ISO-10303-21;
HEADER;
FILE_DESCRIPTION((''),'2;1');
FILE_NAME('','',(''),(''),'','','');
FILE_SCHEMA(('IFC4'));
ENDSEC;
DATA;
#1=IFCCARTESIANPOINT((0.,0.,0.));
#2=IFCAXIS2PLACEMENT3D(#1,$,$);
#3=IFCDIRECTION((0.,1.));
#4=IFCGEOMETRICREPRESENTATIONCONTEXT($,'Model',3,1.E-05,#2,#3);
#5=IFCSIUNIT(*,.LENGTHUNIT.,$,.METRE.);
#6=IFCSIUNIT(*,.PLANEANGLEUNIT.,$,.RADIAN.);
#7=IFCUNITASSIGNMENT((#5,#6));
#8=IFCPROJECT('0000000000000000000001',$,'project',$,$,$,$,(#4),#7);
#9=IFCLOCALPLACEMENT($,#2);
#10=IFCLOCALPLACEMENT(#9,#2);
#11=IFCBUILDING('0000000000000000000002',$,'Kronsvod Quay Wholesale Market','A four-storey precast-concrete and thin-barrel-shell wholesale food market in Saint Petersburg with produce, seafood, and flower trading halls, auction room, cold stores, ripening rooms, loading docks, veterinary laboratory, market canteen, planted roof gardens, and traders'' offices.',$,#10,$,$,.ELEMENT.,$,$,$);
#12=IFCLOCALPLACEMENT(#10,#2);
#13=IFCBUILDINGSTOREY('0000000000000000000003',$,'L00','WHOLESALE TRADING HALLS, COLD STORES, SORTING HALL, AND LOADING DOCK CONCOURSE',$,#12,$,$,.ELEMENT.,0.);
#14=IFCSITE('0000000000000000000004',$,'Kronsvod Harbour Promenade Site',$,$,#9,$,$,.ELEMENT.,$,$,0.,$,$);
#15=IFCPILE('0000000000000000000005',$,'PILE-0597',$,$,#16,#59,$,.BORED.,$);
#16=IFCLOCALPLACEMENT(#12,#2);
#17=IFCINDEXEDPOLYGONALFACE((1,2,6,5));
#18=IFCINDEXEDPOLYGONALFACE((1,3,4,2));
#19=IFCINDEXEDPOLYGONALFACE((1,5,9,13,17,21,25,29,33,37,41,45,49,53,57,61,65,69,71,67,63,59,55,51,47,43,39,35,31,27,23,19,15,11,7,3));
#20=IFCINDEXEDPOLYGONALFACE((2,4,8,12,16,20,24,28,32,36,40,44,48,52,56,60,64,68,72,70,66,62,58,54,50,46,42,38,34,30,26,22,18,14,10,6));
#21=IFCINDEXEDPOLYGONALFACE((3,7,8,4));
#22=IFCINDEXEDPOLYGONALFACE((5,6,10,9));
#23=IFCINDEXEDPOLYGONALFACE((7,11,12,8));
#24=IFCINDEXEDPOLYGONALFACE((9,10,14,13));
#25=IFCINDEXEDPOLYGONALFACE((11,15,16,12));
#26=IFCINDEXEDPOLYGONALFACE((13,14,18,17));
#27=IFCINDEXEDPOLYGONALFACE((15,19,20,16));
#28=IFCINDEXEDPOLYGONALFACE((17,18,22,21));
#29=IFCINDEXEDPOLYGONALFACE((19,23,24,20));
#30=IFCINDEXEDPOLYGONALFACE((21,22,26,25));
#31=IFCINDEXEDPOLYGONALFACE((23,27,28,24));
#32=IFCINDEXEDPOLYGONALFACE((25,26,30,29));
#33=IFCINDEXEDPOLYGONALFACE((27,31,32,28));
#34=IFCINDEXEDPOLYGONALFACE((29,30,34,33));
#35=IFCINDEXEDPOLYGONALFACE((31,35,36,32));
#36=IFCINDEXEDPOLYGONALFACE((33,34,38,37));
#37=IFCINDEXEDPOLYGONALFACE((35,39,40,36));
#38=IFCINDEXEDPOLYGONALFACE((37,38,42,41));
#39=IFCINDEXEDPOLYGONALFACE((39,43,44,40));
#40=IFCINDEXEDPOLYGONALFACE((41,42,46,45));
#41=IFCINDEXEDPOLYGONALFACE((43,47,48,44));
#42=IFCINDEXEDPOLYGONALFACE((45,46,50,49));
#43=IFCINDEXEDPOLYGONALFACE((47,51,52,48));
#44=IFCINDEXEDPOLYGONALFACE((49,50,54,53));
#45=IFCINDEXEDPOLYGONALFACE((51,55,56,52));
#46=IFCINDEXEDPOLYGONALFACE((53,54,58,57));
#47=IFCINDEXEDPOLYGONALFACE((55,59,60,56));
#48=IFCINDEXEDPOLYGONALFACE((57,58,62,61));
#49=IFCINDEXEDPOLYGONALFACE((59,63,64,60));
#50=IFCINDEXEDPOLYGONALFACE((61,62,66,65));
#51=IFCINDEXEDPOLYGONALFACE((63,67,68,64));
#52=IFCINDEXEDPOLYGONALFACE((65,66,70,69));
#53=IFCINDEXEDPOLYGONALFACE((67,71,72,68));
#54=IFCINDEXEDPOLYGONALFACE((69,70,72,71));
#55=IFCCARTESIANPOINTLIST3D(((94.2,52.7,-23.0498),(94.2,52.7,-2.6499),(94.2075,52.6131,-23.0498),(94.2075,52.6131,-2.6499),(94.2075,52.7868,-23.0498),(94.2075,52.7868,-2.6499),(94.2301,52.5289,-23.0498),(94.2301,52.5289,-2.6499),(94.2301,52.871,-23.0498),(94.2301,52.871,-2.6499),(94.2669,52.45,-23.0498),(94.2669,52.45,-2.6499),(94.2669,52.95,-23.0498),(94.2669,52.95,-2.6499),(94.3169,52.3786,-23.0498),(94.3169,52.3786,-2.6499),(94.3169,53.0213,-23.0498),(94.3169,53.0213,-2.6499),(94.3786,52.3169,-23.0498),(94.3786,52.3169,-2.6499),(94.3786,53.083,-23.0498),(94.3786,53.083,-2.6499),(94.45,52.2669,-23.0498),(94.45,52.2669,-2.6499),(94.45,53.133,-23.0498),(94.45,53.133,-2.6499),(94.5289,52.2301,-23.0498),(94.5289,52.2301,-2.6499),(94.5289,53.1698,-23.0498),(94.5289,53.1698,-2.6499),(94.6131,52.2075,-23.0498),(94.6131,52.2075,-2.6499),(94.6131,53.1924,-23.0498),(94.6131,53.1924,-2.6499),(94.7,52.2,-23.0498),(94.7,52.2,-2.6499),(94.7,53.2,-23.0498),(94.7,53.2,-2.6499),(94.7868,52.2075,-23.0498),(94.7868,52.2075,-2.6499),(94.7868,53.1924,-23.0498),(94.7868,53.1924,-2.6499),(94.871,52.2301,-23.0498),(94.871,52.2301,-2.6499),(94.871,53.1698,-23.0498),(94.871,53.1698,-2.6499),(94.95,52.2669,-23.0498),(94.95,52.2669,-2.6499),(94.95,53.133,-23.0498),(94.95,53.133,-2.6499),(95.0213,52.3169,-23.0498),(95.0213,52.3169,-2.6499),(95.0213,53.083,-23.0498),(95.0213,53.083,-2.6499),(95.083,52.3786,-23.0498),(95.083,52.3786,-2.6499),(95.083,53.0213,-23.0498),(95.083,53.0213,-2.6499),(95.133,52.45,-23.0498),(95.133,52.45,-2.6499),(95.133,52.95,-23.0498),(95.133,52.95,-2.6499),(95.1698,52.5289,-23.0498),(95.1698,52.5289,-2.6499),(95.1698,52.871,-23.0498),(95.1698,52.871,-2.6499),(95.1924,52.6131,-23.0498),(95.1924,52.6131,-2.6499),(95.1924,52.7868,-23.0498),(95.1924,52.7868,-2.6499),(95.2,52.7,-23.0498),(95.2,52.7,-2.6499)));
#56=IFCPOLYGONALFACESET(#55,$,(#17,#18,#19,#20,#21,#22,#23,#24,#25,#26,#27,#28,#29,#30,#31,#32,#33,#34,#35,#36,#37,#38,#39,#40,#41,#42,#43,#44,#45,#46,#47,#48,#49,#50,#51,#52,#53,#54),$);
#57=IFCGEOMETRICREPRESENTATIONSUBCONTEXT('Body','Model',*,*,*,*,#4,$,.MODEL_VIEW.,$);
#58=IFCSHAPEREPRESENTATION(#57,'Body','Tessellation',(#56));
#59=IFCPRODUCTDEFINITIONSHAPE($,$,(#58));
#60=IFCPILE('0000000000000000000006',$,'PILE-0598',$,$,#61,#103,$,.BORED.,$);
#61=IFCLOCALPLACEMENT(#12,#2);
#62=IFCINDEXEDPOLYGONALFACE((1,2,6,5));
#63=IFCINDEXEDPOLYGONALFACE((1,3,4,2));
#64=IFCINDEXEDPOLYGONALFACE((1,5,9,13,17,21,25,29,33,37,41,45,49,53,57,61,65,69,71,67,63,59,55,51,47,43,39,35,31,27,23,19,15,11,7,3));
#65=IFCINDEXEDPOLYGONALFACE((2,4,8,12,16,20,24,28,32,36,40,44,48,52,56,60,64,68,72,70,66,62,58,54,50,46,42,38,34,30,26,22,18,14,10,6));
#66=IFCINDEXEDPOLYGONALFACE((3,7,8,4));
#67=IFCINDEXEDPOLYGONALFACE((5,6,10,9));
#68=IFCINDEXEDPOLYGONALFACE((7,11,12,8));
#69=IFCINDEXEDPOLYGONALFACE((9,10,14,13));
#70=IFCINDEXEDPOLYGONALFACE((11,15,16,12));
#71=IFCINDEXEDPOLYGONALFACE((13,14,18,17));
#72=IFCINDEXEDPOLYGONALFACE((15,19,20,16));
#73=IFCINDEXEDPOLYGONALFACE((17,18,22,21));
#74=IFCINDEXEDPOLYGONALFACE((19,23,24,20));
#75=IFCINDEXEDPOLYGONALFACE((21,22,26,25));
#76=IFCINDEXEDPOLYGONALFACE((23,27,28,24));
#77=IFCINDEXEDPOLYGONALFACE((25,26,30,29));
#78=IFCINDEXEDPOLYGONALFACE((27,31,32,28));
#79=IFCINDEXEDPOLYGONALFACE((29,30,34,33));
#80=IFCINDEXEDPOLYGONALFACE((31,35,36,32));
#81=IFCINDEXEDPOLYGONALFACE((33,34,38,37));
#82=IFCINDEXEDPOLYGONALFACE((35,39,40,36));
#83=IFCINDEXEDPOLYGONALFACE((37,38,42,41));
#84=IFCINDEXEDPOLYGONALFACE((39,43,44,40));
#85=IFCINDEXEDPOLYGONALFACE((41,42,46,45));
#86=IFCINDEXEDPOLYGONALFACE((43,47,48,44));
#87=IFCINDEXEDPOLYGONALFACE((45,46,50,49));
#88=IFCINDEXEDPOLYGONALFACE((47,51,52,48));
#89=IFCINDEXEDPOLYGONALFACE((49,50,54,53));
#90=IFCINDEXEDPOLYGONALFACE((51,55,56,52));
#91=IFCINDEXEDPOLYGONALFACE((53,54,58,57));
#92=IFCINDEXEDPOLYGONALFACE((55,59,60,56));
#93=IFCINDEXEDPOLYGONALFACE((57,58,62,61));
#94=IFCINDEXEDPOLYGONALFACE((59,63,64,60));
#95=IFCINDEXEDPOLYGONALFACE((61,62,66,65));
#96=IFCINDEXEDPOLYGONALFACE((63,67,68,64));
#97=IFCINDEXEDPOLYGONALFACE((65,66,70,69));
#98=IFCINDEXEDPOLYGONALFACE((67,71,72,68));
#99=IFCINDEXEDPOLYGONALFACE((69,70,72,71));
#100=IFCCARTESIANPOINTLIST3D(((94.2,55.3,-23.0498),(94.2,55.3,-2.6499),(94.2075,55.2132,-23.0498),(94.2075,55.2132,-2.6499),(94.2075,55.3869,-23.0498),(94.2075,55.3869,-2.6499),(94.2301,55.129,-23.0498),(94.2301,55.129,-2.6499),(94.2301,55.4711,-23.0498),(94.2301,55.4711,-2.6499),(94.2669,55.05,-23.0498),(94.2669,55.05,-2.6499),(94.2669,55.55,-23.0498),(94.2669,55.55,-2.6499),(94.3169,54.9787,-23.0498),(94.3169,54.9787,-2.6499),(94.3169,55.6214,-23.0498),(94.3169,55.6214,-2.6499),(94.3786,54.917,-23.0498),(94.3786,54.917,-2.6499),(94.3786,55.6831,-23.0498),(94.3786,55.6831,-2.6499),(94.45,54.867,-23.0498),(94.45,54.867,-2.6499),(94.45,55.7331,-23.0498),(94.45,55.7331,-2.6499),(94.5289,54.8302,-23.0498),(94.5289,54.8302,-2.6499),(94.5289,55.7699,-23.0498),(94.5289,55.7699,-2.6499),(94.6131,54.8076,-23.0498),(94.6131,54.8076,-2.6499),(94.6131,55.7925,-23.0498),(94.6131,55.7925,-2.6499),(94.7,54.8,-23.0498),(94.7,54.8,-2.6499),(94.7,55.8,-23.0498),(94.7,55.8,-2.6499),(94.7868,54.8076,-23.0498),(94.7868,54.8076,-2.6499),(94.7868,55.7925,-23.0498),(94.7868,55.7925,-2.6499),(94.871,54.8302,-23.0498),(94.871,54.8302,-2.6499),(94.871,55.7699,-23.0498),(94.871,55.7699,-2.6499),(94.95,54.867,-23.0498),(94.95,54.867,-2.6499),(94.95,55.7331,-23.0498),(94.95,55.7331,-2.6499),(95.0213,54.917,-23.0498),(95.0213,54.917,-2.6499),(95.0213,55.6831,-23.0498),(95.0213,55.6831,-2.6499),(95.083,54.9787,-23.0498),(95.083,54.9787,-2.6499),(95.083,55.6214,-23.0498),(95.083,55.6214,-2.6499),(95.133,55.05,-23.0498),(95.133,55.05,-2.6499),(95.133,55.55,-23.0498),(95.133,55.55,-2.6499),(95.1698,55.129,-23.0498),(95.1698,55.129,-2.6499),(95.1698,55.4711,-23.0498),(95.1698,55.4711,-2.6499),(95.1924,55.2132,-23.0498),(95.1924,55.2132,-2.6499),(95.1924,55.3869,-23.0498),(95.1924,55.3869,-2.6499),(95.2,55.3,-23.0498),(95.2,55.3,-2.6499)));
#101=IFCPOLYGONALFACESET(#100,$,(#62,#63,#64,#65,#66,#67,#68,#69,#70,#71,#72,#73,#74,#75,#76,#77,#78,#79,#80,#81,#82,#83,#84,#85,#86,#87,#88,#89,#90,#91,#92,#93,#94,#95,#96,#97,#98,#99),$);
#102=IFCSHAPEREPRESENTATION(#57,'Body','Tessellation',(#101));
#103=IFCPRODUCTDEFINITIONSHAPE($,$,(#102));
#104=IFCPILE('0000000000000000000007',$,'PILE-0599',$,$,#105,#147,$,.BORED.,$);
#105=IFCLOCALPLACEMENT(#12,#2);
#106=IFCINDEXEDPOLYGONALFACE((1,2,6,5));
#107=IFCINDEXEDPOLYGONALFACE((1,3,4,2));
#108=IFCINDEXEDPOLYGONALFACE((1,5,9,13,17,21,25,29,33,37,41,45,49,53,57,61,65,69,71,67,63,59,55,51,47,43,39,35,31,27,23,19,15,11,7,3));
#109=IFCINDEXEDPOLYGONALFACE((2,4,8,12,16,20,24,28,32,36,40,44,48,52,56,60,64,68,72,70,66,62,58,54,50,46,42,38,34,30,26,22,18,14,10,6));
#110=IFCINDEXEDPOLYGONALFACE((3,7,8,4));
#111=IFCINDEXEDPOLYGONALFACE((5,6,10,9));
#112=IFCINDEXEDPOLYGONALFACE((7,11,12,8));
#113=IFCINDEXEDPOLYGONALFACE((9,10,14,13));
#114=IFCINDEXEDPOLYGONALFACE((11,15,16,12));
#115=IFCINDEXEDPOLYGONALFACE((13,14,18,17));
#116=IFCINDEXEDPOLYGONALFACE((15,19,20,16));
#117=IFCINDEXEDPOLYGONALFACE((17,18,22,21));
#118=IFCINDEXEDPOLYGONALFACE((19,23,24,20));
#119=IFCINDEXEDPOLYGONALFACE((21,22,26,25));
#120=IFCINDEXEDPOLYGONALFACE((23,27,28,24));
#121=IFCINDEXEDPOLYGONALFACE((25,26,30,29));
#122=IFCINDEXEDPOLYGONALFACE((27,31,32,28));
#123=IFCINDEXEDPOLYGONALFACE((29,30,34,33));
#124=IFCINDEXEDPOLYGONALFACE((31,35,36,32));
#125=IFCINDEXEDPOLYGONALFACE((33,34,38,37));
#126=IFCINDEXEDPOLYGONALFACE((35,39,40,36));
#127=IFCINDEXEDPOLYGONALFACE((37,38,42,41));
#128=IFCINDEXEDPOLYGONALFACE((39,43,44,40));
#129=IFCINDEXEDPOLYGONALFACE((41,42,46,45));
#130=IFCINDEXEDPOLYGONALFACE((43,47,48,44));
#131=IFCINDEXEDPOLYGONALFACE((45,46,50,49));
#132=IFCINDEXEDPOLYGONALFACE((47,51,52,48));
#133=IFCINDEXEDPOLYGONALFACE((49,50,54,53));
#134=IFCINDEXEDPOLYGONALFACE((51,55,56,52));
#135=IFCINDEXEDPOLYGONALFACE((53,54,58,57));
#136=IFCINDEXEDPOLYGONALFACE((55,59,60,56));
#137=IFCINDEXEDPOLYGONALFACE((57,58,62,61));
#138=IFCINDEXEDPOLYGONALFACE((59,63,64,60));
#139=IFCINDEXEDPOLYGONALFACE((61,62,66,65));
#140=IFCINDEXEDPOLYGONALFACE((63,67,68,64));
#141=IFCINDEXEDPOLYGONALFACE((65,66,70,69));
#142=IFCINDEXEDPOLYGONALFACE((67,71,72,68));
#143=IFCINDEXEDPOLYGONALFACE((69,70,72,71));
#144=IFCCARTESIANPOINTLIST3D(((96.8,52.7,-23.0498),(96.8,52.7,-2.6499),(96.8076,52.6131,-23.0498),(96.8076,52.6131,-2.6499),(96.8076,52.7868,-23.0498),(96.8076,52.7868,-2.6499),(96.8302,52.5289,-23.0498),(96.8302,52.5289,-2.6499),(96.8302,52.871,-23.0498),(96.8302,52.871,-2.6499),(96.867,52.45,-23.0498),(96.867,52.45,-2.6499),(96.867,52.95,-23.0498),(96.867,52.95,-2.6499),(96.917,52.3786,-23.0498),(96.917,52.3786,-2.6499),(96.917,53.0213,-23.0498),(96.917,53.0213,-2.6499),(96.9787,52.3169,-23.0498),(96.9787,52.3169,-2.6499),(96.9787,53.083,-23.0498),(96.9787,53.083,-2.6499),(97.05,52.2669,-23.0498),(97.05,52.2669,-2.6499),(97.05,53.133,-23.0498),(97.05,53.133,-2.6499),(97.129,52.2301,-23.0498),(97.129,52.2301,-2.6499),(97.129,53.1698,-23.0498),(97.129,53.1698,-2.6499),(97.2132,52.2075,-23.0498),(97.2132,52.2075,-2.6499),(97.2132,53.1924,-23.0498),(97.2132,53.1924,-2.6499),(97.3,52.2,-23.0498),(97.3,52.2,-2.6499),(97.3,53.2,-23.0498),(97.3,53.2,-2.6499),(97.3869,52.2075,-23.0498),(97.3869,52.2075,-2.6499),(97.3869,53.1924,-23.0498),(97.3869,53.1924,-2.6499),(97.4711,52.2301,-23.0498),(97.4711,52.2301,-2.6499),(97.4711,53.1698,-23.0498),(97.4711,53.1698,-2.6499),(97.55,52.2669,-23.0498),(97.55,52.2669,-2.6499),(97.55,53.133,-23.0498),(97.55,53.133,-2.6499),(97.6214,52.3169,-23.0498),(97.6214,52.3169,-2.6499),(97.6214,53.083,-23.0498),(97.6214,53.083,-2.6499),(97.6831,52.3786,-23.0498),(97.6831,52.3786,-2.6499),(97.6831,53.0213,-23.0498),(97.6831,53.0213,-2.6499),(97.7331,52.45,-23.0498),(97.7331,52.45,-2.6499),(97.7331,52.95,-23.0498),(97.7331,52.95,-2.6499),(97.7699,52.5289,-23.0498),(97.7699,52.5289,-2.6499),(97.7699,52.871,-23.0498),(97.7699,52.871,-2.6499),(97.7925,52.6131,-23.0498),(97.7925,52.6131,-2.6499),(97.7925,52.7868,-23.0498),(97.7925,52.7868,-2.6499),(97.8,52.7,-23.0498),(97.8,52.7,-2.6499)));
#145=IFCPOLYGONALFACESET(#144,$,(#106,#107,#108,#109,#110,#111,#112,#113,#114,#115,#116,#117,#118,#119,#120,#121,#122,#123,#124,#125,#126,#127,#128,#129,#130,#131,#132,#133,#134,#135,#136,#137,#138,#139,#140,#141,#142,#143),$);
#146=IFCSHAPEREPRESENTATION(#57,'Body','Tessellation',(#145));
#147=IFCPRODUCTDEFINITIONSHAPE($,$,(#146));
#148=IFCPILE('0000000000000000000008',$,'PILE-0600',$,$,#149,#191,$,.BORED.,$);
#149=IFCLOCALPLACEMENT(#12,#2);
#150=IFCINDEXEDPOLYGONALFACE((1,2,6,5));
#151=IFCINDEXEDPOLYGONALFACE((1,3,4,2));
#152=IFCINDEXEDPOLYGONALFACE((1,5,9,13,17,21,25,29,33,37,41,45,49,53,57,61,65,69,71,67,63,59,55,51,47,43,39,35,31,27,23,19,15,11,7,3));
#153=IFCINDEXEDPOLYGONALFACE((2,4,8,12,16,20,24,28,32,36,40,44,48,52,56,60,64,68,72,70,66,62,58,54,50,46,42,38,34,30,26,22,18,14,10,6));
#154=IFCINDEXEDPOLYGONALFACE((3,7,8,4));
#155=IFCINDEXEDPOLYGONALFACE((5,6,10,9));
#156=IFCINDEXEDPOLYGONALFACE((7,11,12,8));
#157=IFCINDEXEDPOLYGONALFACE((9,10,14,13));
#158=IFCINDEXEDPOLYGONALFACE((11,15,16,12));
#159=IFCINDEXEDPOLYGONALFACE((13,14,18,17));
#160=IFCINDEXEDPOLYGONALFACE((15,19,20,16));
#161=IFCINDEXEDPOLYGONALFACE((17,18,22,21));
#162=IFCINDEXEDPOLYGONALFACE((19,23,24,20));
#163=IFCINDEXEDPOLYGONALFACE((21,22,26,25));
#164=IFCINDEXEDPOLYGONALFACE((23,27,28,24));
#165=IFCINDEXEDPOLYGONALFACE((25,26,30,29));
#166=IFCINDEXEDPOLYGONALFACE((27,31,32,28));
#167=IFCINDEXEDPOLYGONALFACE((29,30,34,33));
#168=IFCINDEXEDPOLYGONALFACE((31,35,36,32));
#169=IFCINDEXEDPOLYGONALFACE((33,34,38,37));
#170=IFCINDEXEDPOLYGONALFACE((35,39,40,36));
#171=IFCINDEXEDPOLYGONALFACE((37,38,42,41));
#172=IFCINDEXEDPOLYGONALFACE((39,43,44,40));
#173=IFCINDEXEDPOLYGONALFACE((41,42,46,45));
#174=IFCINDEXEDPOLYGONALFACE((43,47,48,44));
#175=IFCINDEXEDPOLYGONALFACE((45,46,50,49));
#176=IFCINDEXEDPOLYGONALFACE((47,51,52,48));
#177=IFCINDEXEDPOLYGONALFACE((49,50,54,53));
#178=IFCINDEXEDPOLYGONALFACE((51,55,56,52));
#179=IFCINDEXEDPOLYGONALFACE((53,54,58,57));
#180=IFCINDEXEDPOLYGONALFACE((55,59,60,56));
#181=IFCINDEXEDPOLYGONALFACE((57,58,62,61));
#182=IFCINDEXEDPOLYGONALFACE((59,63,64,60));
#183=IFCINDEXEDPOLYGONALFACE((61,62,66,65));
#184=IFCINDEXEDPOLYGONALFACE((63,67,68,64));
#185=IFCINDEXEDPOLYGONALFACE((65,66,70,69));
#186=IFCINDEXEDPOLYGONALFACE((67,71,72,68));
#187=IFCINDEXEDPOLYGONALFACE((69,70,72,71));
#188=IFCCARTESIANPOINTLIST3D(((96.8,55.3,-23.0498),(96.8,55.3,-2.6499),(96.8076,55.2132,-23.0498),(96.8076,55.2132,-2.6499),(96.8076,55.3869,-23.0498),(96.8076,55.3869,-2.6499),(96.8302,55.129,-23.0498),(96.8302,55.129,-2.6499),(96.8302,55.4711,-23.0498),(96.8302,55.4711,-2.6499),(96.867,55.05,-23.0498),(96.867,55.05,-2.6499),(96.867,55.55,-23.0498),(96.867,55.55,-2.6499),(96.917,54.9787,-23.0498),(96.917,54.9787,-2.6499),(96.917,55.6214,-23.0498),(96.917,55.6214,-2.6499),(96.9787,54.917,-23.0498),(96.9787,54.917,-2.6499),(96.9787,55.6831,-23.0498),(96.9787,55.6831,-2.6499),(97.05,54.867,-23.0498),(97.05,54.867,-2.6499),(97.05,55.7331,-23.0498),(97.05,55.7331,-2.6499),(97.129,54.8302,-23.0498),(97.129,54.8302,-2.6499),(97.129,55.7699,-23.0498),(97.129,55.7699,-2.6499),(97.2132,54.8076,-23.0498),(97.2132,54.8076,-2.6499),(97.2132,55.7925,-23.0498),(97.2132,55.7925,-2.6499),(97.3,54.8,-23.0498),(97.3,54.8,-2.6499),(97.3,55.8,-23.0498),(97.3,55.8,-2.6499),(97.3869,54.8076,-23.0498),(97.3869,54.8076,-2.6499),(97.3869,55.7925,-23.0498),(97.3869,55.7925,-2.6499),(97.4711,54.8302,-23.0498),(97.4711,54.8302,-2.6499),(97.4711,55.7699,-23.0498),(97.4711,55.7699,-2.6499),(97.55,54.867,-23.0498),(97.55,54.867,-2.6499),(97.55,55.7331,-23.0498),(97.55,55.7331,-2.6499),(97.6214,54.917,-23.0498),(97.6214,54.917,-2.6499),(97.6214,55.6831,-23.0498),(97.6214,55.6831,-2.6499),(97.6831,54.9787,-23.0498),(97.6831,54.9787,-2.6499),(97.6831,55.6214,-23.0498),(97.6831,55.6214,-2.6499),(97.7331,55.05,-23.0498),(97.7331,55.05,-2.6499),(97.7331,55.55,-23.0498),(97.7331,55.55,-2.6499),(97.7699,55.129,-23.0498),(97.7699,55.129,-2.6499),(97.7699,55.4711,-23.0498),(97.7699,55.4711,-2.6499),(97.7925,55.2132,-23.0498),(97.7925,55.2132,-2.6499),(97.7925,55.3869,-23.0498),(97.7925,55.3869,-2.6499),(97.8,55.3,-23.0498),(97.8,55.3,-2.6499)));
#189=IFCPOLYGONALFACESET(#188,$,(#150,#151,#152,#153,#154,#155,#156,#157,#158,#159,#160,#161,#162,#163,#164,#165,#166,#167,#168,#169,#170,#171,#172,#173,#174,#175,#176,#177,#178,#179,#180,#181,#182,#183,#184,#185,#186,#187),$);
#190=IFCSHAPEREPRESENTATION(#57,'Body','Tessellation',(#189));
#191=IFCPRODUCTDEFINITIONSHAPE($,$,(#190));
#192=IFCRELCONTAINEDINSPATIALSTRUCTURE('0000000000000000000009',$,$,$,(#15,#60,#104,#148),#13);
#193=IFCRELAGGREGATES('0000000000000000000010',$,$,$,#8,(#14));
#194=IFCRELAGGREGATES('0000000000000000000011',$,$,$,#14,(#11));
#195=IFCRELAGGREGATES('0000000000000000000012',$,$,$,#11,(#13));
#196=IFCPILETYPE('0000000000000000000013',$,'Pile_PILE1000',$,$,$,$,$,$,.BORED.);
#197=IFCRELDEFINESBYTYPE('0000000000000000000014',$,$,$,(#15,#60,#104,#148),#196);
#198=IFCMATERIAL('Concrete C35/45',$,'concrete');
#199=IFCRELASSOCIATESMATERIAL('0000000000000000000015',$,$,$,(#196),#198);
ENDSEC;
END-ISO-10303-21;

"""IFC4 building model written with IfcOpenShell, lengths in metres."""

from ifc_helpers import new_model, si_unit, direction, frame, origin, origin_2d, place, context, subcontext, project, spatial, circle, extrude, material, material_profile, profile_set, type_object, element, save


model = new_model("IFC4")

# Units and contexts
model_context = context("Model", 3, precision=1e-05, world=origin(), true_north=direction((0.0, 1.0)))
body_context = subcontext(model_context, "Body", "Model", "MODEL_VIEW")
ifc_project = project(units=[si_unit("LENGTHUNIT", "METRE"), si_unit("PLANEANGLEUNIT", "RADIAN")], contexts=[model_context])

# Site, building, storey
site_placement = place(None, origin())
site = spatial("IfcSite", under=ifc_project, at=site_placement, Name="Kronsvod Harbour Promenade Site", CompositionType="ELEMENT", RefElevation=0.0)
building_placement = place(site_placement, origin())
building = spatial("IfcBuilding", under=site, at=building_placement, Name="Kronsvod Quay Wholesale Market", Description="A four-storey precast-concrete and thin-barrel-shell wholesale food market in Saint Petersburg with produce, seafood, and flower trading halls, auction room, cold stores, ripening rooms, loading docks, veterinary laboratory, market canteen, planted roof gardens, and traders' offices.", CompositionType="ELEMENT")
storey_placement = place(building_placement, origin())
storey = spatial("IfcBuildingStorey", under=building, at=storey_placement, Name="L00", Description="WHOLESALE TRADING HALLS, COLD STORES, SORTING HALL, AND LOADING DOCK CONCOURSE", CompositionType="ELEMENT", Elevation=0.0)

# Piles
ifc_material_1 = material(Name="Concrete C35/45", Category="concrete")
ifc_material_profile_1 = material_profile(ifc_material_1, circle(Radius=0.5, at=origin_2d()), Name="PILE1000")
ifc_profile_set_1 = profile_set([ifc_material_profile_1], Name="Concrete C35/45")
pile_type_1 = type_object("IfcPileType", Name="Pile_PILE1000", PredefinedType="BORED", material=ifc_profile_set_1)
for number, where, z_axis, x_axis, name in (
    (1, (94.7, 52.7, -2.6499), (0.0, 0.0, -1.0), (1.0, 0.0, 0.0), "PILE-0597"),
    (2, (94.7, 55.3, -2.6499), (0.0, 0.0, -1.0), (1.0, 0.0, 0.0), "PILE-0598"),
    (3, (97.3, 52.7, -2.6499), (0.0, 0.0, -1.0), (1.0, 0.0, 0.0), "PILE-0599"),
    (4, (97.3, 55.3, -2.6499), (0.0, 0.0, -1.0), (1.0, 0.0, 0.0), "PILE-0600"),
):
    element("IfcPile", number, at=place(storey_placement, frame(where, z_axis=z_axis, x_axis=x_axis)), inside=storey, type_object=pile_type_1, Name=name, PredefinedType="BORED", context=body_context, shape_type="SweptSolid", body=[
        extrude(circle(Radius=0.5, at=origin_2d()), origin(), (0.0, 0.0, 1.0), 20.3999),
    ])

save(model, "model.ifc")
